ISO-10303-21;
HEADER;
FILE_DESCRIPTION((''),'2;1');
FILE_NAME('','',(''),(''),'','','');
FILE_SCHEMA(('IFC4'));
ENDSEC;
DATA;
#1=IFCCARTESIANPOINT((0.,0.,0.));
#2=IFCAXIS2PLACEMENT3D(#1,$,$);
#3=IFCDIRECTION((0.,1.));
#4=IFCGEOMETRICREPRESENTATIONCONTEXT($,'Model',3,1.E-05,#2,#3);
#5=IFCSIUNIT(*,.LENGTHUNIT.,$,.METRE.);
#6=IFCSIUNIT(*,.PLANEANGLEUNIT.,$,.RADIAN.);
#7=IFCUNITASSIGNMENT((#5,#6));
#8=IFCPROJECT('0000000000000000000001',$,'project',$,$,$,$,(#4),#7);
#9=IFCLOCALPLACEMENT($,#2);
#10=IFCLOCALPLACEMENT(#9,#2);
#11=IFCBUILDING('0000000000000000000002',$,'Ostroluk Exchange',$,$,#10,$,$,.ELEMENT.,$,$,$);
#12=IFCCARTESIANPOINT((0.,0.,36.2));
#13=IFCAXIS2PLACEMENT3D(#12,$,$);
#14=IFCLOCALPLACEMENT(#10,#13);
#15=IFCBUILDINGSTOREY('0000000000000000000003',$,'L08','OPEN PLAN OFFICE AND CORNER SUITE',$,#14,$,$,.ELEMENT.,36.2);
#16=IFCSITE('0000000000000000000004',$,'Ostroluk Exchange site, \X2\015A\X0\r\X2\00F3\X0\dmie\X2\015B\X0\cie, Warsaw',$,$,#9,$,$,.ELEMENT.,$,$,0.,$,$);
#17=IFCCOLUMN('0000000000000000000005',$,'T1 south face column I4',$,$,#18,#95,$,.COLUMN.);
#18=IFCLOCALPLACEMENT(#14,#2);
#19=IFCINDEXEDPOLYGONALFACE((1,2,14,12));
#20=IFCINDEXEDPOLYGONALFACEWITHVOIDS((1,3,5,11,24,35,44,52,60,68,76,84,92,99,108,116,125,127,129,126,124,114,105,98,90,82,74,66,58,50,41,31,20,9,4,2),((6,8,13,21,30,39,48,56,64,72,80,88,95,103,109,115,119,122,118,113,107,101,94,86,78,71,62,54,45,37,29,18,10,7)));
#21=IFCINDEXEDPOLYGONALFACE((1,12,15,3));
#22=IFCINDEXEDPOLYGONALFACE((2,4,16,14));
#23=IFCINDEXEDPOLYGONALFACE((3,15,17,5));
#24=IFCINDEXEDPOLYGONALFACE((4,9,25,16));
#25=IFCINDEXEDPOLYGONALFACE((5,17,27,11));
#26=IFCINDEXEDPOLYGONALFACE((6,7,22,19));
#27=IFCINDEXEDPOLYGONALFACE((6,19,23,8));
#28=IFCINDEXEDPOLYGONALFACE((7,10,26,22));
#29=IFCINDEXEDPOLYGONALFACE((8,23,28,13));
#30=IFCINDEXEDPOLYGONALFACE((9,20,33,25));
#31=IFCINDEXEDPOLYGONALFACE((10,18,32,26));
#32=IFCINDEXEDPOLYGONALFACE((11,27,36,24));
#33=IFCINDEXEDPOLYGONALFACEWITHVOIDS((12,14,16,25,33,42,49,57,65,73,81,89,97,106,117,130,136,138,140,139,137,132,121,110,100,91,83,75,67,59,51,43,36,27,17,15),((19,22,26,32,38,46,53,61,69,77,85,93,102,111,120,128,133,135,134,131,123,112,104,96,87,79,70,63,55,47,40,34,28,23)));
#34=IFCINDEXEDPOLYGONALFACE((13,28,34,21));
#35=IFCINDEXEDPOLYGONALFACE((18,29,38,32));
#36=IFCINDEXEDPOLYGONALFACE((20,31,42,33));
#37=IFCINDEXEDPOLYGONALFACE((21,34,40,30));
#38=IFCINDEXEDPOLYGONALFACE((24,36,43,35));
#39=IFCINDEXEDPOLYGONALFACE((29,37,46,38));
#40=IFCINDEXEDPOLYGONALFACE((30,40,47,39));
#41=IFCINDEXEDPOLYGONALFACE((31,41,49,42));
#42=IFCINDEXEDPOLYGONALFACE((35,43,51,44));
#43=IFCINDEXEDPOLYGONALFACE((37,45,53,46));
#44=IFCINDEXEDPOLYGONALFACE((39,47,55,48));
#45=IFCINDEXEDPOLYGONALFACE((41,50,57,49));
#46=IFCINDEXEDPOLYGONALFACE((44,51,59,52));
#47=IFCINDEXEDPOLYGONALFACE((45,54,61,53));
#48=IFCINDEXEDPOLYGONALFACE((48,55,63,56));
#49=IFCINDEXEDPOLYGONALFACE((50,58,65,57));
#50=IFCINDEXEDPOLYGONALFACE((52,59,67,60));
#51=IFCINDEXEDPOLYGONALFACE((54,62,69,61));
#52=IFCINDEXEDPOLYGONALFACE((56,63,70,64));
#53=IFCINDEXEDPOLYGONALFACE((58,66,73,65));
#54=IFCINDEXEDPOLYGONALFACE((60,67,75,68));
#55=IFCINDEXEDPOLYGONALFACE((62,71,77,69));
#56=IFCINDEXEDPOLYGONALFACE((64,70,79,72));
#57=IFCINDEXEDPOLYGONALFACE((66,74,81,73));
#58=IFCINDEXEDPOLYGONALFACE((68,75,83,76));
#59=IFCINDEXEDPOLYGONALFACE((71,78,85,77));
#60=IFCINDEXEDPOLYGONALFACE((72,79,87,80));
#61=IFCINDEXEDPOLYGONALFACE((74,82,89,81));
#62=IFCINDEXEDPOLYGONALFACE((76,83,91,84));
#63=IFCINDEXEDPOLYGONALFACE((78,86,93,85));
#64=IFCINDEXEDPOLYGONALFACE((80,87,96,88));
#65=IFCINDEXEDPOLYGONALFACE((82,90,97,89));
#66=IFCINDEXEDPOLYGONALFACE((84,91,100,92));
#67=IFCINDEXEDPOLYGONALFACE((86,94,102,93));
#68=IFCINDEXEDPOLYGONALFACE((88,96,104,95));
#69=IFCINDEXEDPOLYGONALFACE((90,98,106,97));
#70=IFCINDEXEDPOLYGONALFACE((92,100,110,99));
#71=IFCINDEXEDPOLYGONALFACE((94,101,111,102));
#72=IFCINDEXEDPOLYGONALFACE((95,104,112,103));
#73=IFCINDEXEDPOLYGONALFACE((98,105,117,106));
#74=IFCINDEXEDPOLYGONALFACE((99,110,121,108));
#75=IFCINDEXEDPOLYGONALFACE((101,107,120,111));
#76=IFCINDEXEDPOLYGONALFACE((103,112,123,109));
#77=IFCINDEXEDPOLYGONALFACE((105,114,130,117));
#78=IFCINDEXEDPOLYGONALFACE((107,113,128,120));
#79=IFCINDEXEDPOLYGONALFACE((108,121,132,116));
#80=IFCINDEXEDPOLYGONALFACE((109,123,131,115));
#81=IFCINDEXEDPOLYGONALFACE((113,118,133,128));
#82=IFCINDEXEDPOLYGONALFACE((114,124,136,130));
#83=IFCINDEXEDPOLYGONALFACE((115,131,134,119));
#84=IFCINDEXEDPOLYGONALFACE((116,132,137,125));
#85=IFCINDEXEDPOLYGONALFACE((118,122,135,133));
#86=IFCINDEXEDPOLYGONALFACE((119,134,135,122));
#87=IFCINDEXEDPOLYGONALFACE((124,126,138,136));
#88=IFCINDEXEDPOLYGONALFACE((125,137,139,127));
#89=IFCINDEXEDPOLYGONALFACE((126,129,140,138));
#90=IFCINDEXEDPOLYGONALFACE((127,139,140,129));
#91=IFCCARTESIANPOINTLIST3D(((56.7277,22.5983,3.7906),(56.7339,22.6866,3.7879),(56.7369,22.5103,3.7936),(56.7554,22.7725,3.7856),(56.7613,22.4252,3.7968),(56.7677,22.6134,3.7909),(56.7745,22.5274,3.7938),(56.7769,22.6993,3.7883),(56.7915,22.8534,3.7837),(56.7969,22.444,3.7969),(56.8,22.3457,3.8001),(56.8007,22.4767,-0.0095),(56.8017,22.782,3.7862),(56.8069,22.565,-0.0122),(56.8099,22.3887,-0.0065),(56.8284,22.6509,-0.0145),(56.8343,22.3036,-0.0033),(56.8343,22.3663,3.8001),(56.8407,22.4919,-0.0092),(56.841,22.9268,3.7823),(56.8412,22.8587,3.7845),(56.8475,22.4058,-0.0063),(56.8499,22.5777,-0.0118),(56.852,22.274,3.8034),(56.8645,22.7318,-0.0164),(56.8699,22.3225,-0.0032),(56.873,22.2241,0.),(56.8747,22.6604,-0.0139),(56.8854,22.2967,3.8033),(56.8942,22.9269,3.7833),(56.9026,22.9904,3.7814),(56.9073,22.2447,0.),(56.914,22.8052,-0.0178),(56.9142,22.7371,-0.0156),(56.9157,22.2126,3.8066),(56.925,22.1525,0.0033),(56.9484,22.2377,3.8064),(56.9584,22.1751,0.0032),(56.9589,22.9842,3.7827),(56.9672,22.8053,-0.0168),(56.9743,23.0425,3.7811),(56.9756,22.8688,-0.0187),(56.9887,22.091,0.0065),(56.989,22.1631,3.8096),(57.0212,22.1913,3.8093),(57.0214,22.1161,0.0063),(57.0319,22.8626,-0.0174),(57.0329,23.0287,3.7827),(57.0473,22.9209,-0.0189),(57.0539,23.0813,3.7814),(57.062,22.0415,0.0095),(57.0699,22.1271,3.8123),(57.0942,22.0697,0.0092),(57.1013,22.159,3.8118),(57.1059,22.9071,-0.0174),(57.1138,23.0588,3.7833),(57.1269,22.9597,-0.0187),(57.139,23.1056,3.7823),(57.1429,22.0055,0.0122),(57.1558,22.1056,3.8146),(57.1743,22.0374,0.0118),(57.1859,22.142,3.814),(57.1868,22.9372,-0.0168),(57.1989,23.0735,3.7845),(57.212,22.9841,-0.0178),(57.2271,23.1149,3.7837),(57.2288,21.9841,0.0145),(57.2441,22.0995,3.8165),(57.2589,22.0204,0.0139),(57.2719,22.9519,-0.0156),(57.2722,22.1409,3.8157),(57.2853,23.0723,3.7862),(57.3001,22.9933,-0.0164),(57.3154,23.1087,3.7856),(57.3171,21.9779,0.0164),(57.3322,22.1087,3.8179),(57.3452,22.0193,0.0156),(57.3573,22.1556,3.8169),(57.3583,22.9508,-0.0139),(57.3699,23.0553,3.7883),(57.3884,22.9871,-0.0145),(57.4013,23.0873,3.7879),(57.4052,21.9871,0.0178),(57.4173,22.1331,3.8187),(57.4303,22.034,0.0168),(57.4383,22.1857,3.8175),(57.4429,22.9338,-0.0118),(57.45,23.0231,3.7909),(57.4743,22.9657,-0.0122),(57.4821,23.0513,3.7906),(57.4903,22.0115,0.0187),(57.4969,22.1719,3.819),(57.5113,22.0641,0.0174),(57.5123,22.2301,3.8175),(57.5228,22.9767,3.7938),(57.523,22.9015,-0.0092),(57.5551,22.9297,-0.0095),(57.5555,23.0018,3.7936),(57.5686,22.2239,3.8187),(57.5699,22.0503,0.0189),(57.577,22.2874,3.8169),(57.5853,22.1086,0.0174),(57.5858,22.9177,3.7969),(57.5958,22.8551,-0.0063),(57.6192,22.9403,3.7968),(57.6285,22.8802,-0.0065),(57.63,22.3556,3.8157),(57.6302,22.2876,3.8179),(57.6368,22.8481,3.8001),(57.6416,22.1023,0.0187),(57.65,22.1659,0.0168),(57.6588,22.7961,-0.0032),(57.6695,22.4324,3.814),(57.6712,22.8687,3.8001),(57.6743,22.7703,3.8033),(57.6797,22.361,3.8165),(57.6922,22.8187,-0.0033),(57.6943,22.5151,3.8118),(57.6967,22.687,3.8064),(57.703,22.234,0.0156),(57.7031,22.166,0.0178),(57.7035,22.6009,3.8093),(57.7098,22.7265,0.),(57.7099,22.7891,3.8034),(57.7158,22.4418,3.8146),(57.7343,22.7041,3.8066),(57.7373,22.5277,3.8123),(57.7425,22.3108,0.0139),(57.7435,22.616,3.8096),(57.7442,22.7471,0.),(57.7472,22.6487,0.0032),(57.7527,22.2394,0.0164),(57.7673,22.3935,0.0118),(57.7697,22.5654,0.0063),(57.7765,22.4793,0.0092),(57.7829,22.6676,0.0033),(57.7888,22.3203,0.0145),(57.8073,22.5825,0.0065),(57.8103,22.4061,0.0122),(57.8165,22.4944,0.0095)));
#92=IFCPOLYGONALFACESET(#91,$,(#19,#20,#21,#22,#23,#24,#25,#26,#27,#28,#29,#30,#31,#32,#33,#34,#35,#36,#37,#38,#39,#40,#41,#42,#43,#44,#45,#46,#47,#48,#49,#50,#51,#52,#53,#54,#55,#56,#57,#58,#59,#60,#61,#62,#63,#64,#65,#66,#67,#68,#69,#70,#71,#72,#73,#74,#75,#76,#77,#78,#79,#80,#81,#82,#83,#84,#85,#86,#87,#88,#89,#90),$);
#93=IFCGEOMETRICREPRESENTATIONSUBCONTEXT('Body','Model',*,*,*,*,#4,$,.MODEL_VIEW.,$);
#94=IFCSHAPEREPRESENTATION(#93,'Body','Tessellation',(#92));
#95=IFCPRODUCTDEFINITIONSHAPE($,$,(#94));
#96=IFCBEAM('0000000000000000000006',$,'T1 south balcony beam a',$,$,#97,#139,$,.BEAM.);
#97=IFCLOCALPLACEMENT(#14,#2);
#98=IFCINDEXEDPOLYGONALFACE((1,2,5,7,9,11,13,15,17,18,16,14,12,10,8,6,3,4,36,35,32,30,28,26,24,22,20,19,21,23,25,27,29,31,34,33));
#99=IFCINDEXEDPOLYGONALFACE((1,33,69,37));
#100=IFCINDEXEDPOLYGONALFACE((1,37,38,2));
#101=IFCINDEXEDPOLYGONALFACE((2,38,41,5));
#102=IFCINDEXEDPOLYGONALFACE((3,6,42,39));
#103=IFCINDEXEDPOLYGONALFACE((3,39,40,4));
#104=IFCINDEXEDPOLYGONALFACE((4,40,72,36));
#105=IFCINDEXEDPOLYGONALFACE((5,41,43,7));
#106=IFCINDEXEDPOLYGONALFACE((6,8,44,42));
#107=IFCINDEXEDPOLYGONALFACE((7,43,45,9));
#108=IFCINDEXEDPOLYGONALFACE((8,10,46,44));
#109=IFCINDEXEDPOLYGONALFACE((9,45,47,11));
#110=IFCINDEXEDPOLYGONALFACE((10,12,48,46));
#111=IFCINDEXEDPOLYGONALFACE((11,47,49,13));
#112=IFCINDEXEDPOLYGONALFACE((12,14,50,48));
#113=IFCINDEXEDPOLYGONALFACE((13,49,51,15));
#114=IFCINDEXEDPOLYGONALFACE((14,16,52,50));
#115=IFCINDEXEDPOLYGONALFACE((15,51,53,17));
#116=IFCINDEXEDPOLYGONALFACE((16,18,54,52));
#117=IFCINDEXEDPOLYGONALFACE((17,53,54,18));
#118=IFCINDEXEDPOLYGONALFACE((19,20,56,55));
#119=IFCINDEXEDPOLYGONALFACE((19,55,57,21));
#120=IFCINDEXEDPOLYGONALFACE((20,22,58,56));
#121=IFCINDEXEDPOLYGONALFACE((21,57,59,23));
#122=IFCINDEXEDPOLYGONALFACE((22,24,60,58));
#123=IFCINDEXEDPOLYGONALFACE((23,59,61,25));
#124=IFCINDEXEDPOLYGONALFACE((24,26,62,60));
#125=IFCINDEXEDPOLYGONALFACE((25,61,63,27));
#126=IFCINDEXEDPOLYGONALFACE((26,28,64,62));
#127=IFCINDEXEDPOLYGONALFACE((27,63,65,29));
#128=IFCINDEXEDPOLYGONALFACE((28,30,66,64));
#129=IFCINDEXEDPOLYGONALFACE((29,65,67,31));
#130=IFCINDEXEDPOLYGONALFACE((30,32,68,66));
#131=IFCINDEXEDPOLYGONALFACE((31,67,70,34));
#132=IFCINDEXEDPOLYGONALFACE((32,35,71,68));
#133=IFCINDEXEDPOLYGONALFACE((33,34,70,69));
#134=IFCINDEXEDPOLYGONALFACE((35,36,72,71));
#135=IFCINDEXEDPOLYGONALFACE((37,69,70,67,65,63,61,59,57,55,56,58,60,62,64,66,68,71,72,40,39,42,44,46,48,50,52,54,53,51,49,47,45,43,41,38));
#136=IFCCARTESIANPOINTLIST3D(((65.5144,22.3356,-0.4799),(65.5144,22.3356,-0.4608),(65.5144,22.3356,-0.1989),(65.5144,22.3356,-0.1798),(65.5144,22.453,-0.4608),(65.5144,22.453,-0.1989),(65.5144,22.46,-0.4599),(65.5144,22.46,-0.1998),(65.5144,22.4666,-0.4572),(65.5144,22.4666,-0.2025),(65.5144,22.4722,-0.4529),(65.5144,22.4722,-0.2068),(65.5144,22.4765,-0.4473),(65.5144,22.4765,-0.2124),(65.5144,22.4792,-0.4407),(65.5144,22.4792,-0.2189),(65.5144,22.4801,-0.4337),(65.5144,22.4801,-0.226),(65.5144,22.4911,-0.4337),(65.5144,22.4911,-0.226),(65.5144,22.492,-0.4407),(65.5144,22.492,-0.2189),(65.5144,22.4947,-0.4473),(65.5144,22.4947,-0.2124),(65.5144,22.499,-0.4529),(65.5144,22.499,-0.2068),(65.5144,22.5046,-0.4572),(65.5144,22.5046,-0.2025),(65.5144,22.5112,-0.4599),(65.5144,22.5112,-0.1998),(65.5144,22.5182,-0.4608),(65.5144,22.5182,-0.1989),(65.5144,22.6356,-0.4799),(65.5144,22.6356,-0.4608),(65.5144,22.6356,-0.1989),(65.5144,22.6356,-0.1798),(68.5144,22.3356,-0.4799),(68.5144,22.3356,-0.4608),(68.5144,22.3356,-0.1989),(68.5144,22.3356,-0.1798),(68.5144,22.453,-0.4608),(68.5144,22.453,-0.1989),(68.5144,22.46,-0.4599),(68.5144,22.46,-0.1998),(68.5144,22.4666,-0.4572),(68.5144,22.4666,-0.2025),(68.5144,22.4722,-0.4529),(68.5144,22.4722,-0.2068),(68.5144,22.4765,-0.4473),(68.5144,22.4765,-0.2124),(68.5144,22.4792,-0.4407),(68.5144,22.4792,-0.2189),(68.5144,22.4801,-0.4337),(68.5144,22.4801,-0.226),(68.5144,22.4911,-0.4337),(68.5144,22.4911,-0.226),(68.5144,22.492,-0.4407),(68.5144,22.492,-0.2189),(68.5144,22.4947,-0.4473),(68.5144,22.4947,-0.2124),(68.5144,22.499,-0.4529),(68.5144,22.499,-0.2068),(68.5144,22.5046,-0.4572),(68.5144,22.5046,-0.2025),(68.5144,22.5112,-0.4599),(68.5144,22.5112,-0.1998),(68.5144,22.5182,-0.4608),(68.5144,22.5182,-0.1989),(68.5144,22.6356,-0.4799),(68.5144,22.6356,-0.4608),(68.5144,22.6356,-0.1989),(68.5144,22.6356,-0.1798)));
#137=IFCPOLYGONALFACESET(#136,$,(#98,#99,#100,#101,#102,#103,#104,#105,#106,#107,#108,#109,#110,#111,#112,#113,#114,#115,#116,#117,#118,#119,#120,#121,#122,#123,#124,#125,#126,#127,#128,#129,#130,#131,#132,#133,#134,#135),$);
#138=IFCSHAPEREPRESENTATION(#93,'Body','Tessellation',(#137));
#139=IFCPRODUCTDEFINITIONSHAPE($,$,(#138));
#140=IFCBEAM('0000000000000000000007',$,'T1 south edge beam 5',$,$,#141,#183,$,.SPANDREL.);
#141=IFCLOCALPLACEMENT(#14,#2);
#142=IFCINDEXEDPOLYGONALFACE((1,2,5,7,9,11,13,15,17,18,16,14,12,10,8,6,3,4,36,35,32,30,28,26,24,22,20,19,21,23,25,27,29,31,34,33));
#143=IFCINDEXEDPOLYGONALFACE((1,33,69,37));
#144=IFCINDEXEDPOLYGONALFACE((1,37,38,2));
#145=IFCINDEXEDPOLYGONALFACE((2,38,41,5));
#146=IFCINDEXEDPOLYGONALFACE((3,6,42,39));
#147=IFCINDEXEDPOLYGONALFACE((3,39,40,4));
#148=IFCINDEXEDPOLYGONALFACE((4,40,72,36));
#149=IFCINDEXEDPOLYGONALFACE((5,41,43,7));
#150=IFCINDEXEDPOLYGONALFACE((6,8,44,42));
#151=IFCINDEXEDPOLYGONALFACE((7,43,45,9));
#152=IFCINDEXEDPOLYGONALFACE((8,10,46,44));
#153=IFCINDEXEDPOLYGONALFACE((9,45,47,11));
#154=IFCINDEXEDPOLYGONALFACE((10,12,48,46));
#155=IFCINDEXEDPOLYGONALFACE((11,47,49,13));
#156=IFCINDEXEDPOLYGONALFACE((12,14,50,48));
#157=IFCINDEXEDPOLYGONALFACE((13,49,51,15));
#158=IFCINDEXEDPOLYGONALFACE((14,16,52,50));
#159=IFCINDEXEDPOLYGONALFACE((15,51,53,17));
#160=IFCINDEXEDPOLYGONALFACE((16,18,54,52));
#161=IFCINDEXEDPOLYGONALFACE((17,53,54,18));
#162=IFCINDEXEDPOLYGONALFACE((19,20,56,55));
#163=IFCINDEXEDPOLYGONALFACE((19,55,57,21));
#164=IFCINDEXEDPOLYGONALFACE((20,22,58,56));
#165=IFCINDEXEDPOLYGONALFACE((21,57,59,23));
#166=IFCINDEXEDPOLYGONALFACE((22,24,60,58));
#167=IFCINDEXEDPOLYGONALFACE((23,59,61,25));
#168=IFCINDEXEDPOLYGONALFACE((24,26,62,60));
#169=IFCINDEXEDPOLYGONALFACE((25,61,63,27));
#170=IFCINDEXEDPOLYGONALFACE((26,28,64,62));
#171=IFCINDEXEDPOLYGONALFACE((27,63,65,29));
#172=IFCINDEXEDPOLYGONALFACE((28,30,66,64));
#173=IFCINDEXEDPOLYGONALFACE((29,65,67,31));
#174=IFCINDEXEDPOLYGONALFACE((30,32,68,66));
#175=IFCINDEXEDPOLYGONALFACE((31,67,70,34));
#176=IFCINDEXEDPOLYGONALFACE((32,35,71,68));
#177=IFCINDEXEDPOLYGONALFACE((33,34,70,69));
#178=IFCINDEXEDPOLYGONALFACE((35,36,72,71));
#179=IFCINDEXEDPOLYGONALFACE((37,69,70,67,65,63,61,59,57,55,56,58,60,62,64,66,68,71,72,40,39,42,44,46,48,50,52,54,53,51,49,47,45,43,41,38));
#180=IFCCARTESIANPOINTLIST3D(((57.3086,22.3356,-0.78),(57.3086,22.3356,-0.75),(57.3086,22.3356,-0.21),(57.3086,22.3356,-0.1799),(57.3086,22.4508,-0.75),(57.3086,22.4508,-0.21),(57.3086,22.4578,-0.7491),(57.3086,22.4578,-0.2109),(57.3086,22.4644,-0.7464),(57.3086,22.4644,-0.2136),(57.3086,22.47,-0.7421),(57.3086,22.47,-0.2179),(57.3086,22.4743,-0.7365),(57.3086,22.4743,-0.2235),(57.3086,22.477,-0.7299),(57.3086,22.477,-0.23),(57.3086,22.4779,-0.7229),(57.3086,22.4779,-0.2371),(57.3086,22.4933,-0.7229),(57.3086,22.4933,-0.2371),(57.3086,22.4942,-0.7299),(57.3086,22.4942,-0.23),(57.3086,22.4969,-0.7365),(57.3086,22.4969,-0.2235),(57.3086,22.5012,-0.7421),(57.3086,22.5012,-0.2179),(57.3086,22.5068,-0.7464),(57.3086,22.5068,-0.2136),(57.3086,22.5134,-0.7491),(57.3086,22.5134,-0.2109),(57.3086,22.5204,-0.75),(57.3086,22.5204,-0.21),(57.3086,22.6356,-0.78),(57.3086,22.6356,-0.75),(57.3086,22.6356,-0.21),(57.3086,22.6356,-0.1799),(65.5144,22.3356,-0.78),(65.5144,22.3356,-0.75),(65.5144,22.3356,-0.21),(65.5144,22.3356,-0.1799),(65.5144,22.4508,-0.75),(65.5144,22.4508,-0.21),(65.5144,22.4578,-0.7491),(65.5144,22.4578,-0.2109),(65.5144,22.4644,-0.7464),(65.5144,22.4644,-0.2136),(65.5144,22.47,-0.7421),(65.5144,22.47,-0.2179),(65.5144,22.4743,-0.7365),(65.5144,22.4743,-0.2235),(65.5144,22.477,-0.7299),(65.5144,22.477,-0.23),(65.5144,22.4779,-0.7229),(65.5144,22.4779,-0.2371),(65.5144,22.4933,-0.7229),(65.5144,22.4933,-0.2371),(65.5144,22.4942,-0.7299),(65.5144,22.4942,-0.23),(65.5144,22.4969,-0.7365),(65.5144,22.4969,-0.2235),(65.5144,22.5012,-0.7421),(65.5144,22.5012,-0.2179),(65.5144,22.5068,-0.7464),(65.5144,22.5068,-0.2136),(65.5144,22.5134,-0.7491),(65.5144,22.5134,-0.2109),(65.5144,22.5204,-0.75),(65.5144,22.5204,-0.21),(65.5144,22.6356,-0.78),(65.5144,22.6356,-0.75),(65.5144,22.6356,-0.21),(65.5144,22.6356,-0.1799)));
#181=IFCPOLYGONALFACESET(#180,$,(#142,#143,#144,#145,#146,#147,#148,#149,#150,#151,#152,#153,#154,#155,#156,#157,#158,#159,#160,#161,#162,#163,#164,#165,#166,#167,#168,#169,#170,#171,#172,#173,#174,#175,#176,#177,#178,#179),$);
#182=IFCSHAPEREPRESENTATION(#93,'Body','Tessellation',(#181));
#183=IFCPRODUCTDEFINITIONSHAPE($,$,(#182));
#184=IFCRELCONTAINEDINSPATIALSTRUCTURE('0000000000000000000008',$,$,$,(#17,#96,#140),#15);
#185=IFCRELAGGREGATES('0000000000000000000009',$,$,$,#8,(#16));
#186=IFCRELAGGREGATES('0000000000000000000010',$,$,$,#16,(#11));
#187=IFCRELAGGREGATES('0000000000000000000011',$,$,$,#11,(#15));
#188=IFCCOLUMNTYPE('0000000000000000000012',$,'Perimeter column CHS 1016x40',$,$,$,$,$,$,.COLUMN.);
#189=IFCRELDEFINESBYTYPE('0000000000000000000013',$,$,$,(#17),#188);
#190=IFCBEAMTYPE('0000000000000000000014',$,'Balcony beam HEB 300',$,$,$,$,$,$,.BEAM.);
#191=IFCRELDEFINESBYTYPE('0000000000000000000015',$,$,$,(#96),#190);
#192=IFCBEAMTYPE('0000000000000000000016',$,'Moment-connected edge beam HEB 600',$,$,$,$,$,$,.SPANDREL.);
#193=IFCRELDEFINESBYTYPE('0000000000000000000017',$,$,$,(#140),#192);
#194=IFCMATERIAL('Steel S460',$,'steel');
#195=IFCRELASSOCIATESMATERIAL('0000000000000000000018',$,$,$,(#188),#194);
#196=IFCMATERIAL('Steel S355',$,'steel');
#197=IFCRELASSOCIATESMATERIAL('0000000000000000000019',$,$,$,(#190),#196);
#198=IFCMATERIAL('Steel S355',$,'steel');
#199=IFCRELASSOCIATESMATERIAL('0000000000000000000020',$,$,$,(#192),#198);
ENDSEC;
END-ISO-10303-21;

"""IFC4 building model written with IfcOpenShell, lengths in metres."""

from ifc_helpers import new_model, si_unit, direction, frame, origin, origin_2d, place, context, subcontext, project, spatial, hollow_circle, i_section, extrude, material, material_profile, profile_set, type_object, element, save


model = new_model("IFC4")

# Units and contexts
model_context = context("Model", 3, precision=1e-05, world=origin(), true_north=direction((0.0, 1.0)))
body_context = subcontext(model_context, "Body", "Model", "MODEL_VIEW")
ifc_project = project(units=[si_unit("LENGTHUNIT", "METRE"), si_unit("PLANEANGLEUNIT", "RADIAN")], contexts=[model_context])

# Site, building, storey
site_placement = place(None, origin())
site = spatial("IfcSite", under=ifc_project, at=site_placement, Name="Ostroluk Exchange site, Śródmieście, Warsaw", CompositionType="ELEMENT", RefElevation=0.0)
building_placement = place(site_placement, origin())
building = spatial("IfcBuilding", under=site, at=building_placement, Name="Ostroluk Exchange", CompositionType="ELEMENT")
storey_placement = place(building_placement, frame((0.0, 0.0, 36.2)))
storey = spatial("IfcBuildingStorey", under=building, at=storey_placement, Name="L08", Description="OPEN PLAN OFFICE AND CORNER SUITE", CompositionType="ELEMENT", Elevation=36.2)

# Column
ifc_material_1 = material(Name="Steel S460", Category="steel")
ifc_material_profile_1 = material_profile(ifc_material_1, hollow_circle(Radius=0.5081, WallThickness=0.04, at=origin_2d()), Name="CHS 1016x40")
ifc_profile_set_1 = profile_set([ifc_material_profile_1], Name="Steel S460")
column_type = type_object("IfcColumnType", Name="Perimeter column CHS 1016x40", PredefinedType="COLUMN", material=ifc_profile_set_1)
column_placement = place(storey_placement, frame((57.3086, 22.4856, 0.0), z_axis=(-0.019196, 0.031973, 0.999304), x_axis=(-0.857341, -0.514749, 0.0)))
element("IfcColumn", 1, at=column_placement, inside=storey, type_object=column_type, Name="T1 south face column I4", PredefinedType="COLUMN", context=body_context, shape_type="SweptSolid", body=[
    extrude(hollow_circle(Radius=0.5081, WallThickness=0.04, at=origin_2d()), origin(), (0.0, 0.0, 1.0), 3.8027),
])

# Beams
ifc_material_2 = material(Name="Steel S355", Category="steel")
ifc_material_profile_2 = material_profile(ifc_material_2, i_section(OverallWidth=0.3, OverallDepth=0.3, WebThickness=0.011, FlangeThickness=0.019, FilletRadius=0.0271, at=origin_2d()), Name="HEB 300")
ifc_profile_set_2 = profile_set([ifc_material_profile_2], Name="Steel S355")
beam_type_1 = type_object("IfcBeamType", Name="Balcony beam HEB 300", PredefinedType="BEAM", material=ifc_profile_set_2)
beam_1_placement = place(storey_placement, frame((65.5144, 22.4856, -0.3298), z_axis=(1.0, 0.0, 0.0), x_axis=(0.0, 1.0, 0.0)))
element("IfcBeam", 2, at=beam_1_placement, inside=storey, type_object=beam_type_1, Name="T1 south balcony beam a", PredefinedType="BEAM", context=body_context, shape_type="SweptSolid", body=[
    extrude(i_section(OverallWidth=0.3, OverallDepth=0.3, WebThickness=0.011, FlangeThickness=0.019, FilletRadius=0.0271, at=origin_2d()), origin(), (0.0, 0.0, 1.0), 3.0),
])
ifc_material_3 = material(Name="Steel S355", Category="steel")
ifc_material_profile_3 = material_profile(ifc_material_3, i_section(OverallWidth=0.3, OverallDepth=0.6001, WebThickness=0.0154, FlangeThickness=0.03, FilletRadius=0.0271, at=origin_2d()), Name="HEB 600")
ifc_profile_set_3 = profile_set([ifc_material_profile_3], Name="Steel S355")
beam_type_2 = type_object("IfcBeamType", Name="Moment-connected edge beam HEB 600", PredefinedType="SPANDREL", material=ifc_profile_set_3)
beam_2_placement = place(storey_placement, frame((57.3086, 22.4856, -0.48), z_axis=(1.0, 0.0, 0.0), x_axis=(0.0, 1.0, 0.0)))
element("IfcBeam", 3, at=beam_2_placement, inside=storey, type_object=beam_type_2, Name="T1 south edge beam 5", PredefinedType="SPANDREL", context=body_context, shape_type="SweptSolid", body=[
    extrude(i_section(OverallWidth=0.3, OverallDepth=0.6001, WebThickness=0.0154, FlangeThickness=0.03, FilletRadius=0.0271, at=origin_2d()), origin(), (0.0, 0.0, 1.0), 8.2058),
])

save(model, "model.ifc")
